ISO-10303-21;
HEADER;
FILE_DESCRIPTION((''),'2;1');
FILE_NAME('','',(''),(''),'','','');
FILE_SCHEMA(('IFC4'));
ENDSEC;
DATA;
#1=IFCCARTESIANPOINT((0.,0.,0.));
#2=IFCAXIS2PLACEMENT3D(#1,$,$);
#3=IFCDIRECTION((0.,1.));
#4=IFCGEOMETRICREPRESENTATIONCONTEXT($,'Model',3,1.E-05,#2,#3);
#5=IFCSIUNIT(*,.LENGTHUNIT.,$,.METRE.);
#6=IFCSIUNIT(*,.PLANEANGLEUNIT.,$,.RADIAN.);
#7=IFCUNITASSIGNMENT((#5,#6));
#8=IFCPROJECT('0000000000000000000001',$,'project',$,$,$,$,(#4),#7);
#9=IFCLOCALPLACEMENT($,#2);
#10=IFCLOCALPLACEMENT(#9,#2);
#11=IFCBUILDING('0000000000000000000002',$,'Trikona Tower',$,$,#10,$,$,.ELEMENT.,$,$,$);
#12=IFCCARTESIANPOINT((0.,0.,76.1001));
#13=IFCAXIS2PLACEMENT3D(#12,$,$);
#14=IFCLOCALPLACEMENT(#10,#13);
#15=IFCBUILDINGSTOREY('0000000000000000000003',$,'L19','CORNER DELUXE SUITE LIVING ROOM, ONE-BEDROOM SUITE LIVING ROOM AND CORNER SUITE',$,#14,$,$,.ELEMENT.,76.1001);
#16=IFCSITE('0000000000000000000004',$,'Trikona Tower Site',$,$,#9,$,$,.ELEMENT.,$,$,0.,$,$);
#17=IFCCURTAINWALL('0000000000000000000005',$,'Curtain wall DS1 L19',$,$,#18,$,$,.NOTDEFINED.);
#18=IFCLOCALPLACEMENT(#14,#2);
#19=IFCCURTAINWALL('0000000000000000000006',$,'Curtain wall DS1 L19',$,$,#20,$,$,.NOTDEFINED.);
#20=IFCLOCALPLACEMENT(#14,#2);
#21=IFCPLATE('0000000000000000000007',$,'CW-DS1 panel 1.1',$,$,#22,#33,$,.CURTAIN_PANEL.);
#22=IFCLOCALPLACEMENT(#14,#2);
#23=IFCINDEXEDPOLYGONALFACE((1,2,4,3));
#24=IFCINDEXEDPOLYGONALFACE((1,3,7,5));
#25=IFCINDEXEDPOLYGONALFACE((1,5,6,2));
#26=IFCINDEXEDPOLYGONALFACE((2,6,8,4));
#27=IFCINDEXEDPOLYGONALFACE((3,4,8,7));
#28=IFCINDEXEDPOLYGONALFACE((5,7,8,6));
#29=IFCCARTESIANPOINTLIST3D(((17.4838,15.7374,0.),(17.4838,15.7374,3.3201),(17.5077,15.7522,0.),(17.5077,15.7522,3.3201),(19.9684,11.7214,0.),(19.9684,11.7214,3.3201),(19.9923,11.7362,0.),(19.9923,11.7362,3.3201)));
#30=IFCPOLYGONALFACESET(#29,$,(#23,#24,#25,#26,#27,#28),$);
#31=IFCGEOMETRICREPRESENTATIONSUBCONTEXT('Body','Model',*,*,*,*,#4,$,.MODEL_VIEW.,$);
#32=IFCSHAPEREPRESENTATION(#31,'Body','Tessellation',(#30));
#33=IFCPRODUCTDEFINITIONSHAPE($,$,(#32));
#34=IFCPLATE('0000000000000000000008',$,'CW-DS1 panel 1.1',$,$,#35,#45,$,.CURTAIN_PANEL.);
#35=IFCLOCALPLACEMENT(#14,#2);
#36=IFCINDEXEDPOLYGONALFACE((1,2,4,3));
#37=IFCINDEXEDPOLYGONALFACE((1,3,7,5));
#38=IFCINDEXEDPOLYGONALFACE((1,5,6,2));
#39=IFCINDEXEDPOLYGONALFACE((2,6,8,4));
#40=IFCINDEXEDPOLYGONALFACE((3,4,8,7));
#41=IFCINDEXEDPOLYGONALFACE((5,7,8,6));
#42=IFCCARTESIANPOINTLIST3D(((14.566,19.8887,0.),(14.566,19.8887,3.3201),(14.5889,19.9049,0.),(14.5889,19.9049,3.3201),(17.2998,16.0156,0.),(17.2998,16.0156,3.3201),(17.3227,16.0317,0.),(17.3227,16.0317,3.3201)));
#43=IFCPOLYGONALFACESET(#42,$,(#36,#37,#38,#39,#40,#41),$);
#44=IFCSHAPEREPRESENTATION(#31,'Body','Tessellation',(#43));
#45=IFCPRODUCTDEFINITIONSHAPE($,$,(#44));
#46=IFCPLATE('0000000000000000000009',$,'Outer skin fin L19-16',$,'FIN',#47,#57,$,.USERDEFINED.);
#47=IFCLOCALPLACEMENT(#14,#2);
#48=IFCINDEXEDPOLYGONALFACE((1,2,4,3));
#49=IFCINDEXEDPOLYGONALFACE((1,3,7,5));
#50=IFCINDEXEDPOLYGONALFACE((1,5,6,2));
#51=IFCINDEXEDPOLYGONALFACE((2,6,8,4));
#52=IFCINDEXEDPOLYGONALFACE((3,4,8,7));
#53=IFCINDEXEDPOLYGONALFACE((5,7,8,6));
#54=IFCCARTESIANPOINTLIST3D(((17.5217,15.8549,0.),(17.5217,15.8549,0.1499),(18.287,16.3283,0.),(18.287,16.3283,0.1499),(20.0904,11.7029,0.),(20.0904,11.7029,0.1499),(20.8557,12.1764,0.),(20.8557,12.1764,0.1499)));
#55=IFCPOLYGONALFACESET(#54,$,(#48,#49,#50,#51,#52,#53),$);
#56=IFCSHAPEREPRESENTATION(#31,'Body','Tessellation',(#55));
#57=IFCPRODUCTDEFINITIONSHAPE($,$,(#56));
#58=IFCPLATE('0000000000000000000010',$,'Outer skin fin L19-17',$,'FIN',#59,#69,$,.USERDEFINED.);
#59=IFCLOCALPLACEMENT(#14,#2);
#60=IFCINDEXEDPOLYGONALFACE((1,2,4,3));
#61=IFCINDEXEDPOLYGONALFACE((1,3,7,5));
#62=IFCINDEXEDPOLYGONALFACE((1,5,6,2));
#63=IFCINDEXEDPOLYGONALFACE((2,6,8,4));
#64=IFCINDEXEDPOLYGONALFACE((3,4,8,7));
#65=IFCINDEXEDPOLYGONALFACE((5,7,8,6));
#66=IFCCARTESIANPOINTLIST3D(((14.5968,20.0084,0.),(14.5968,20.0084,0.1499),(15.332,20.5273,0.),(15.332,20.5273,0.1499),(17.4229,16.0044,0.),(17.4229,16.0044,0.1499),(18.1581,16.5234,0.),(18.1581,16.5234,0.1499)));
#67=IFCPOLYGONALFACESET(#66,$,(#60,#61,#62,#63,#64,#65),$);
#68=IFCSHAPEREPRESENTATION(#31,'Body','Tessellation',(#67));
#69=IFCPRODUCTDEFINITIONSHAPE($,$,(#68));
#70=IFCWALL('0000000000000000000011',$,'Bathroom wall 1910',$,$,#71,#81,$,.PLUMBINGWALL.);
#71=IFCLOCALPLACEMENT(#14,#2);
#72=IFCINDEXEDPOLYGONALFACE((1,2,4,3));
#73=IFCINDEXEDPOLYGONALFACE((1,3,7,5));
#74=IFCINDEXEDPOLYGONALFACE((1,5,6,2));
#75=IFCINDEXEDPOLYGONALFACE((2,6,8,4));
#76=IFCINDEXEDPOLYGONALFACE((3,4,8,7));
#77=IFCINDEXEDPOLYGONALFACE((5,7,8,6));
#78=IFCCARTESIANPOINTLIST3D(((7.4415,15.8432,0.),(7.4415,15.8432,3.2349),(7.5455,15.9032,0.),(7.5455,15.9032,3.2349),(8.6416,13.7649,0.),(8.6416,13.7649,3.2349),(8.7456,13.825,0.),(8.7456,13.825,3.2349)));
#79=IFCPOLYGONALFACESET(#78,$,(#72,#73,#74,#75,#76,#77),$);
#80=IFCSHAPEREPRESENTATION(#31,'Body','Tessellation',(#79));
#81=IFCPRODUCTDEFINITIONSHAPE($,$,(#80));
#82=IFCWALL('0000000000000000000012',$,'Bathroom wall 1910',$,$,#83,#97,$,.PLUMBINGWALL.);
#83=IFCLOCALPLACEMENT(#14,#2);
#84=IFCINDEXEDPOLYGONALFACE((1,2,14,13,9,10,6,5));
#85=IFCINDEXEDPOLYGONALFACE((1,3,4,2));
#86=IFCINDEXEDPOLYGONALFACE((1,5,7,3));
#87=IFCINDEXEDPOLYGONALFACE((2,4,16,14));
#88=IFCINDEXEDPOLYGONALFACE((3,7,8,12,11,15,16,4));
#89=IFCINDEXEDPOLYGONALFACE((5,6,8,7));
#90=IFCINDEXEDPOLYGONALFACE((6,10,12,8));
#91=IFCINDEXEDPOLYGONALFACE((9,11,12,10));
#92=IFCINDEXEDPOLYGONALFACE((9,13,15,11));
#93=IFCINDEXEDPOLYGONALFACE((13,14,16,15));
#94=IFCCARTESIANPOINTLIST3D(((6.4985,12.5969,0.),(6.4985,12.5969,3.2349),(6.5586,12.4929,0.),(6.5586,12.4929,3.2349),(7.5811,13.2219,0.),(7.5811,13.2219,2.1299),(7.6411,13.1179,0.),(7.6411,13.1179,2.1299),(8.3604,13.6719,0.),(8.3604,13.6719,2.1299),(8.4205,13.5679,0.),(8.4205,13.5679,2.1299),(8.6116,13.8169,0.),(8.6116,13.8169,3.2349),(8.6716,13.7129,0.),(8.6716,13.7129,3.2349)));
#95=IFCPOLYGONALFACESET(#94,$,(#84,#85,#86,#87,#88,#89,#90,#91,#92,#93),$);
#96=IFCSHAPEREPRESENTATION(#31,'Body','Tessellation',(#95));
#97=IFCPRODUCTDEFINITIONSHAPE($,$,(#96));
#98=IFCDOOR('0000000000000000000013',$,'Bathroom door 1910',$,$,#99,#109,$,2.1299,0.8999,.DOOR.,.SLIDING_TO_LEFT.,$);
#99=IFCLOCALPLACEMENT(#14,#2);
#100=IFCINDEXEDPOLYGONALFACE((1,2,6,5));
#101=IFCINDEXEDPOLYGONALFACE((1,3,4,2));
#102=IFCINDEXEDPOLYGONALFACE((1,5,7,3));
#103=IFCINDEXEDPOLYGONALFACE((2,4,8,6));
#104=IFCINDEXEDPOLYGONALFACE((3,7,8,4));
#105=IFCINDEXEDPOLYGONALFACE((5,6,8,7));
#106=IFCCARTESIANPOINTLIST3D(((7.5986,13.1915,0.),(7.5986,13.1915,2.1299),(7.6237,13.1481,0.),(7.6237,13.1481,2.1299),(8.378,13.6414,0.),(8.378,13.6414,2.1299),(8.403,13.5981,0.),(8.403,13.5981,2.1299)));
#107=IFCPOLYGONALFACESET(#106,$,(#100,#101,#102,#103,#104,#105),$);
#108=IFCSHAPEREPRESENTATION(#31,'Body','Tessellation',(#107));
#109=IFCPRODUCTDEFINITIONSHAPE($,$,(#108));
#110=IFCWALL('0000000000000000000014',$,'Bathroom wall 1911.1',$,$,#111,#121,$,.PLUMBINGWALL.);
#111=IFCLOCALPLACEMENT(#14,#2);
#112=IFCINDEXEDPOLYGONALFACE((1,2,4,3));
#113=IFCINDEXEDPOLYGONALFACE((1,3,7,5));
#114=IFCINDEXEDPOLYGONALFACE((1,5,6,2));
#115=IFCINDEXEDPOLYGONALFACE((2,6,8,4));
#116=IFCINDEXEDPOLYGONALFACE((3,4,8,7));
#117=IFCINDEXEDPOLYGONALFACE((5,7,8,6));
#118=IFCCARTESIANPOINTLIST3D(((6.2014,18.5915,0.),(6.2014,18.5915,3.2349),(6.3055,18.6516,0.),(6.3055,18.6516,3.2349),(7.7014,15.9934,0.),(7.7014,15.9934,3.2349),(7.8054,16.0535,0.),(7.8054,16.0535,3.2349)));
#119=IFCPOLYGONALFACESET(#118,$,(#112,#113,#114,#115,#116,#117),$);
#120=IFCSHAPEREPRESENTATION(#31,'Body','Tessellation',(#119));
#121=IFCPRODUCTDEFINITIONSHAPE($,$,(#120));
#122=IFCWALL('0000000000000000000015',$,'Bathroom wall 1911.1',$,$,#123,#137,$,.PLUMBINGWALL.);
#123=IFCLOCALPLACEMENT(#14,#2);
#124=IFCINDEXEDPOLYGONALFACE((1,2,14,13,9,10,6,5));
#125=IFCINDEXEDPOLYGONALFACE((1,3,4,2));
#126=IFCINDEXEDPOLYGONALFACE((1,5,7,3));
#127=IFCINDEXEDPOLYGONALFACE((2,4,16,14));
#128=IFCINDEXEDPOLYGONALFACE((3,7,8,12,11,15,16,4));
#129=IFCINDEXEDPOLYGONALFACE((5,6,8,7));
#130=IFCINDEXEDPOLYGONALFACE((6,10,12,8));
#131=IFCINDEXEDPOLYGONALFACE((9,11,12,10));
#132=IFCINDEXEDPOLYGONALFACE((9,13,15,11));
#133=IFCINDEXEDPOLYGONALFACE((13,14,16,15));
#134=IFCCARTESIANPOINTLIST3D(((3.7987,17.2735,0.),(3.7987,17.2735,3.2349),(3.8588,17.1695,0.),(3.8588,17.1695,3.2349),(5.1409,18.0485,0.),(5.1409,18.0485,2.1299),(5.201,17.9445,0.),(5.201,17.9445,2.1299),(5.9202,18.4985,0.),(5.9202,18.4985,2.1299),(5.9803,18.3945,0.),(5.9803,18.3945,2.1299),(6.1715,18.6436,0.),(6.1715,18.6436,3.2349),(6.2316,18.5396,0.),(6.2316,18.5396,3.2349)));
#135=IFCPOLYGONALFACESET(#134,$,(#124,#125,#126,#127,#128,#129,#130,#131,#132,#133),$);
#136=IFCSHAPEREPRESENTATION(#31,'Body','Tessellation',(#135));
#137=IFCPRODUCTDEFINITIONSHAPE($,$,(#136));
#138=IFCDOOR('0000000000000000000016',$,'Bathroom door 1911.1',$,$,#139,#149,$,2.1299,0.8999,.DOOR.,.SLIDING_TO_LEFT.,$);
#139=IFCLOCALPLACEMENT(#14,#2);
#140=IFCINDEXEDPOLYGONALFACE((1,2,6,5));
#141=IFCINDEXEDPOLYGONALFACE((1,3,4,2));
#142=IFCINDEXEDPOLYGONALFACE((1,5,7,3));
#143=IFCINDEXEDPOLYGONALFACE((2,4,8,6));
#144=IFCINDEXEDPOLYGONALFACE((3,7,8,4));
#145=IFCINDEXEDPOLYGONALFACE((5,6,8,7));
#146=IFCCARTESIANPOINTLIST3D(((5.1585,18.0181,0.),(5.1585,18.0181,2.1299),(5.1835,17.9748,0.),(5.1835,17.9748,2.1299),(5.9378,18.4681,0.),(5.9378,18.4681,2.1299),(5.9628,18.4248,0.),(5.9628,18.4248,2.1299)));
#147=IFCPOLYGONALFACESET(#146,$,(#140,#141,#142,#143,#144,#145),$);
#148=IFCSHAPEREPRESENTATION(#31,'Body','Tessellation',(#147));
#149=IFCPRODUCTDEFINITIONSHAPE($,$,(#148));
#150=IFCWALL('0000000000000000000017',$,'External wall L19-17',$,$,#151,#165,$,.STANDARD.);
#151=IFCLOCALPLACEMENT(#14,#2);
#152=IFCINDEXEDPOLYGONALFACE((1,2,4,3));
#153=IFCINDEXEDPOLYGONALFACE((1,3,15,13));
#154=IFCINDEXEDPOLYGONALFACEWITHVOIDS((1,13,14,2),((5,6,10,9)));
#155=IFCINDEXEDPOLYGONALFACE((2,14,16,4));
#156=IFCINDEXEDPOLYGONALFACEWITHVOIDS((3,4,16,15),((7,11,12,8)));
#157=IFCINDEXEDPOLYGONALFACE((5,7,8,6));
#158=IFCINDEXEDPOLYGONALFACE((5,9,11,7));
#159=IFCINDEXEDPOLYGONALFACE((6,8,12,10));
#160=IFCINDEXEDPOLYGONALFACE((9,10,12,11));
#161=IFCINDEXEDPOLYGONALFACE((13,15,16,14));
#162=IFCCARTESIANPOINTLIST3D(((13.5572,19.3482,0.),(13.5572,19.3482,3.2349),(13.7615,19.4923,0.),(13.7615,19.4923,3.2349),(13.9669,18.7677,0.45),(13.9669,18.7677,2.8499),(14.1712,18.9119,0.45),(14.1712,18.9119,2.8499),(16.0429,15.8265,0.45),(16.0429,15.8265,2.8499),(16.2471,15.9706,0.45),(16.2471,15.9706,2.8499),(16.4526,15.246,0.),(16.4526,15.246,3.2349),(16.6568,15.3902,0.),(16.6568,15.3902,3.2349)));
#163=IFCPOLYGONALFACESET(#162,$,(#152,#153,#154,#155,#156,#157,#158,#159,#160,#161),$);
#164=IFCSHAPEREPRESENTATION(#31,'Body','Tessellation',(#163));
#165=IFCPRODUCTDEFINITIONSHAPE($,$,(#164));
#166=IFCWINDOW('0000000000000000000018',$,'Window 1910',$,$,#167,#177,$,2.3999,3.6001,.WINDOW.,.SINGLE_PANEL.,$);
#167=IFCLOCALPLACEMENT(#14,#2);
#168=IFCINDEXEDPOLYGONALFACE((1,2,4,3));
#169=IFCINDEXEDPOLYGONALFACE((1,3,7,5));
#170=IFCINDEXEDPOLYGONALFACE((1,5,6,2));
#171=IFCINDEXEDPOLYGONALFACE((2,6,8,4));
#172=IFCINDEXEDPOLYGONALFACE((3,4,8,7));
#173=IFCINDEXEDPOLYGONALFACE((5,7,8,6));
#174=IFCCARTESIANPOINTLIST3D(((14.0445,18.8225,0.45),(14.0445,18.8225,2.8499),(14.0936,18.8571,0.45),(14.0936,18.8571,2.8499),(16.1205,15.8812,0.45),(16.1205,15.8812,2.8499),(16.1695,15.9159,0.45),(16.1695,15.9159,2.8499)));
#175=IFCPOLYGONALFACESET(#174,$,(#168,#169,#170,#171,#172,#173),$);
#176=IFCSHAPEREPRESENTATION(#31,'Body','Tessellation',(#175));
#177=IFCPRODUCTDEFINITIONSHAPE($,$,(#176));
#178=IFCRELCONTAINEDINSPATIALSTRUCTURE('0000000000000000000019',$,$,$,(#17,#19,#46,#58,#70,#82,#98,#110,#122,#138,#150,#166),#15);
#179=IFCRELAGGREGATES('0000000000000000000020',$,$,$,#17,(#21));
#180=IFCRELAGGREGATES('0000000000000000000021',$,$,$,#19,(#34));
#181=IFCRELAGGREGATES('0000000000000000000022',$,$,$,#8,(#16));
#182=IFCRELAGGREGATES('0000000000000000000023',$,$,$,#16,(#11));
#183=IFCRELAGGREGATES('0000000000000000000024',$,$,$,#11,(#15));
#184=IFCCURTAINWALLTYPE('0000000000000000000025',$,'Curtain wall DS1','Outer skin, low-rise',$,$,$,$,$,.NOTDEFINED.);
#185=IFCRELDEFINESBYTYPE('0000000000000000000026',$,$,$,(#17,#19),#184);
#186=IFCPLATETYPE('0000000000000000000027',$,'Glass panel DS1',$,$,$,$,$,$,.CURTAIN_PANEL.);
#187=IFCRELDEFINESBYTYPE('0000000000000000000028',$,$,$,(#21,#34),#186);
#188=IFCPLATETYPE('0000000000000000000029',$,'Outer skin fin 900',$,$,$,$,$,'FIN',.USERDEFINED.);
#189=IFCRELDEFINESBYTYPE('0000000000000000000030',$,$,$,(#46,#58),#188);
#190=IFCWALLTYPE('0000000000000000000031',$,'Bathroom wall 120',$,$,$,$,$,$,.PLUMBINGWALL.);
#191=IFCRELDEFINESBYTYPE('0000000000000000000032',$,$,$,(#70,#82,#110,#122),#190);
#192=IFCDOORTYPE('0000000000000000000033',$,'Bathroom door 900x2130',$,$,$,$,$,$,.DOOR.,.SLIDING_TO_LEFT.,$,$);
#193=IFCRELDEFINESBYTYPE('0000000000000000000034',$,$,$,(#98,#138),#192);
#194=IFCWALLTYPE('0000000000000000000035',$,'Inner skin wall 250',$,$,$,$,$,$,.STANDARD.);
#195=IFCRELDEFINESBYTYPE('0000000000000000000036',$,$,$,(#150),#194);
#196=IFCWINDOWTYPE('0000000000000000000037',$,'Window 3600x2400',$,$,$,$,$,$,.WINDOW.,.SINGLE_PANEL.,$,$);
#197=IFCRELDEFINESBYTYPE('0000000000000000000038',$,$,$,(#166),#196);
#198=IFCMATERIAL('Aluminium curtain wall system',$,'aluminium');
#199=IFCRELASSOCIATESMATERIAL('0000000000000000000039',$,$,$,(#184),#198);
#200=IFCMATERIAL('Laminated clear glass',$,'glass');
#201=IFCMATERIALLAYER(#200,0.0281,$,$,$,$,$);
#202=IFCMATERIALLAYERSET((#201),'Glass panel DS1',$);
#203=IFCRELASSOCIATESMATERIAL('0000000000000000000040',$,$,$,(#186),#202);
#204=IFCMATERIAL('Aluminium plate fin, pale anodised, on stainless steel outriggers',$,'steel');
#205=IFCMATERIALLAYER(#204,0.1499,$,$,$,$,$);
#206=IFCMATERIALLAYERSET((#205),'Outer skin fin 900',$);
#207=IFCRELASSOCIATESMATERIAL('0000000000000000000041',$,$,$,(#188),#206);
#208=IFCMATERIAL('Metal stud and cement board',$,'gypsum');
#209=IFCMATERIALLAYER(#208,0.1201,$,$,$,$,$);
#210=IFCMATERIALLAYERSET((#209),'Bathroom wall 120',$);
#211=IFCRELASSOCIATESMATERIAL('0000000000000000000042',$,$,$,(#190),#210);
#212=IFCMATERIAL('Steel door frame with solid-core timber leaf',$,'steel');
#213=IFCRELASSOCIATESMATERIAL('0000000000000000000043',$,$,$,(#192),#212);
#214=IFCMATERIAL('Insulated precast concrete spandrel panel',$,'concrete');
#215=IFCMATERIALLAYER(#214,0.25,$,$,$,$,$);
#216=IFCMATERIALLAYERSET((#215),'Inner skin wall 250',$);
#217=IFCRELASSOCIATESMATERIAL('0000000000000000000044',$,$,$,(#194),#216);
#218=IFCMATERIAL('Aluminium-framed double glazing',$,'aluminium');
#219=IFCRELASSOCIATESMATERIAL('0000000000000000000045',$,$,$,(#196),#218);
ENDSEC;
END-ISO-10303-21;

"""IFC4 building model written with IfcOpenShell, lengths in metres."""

from ifc_helpers import new_model, si_unit, direction, frame, frame_2d, origin, origin_2d, place, context, subcontext, project, spatial, rectangle, extrude, material, layer, layer_set, type_object, element, fill, aggregate, save


model = new_model("IFC4")

# Units and contexts
model_context = context("Model", 3, precision=1e-05, world=origin(), true_north=direction((0.0, 1.0)))
body_context = subcontext(model_context, "Body", "Model", "MODEL_VIEW")
ifc_project = project(units=[si_unit("LENGTHUNIT", "METRE"), si_unit("PLANEANGLEUNIT", "RADIAN")], contexts=[model_context])

# Site, building, storey
site_placement = place(None, origin())
site = spatial("IfcSite", under=ifc_project, at=site_placement, Name="Trikona Tower Site", CompositionType="ELEMENT", RefElevation=0.0)
building_placement = place(site_placement, origin())
building = spatial("IfcBuilding", under=site, at=building_placement, Name="Trikona Tower", CompositionType="ELEMENT")
storey_placement = place(building_placement, frame((0.0, 0.0, 76.1001)))
storey = spatial("IfcBuildingStorey", under=building, at=storey_placement, Name="L19", Description="CORNER DELUXE SUITE LIVING ROOM, ONE-BEDROOM SUITE LIVING ROOM AND CORNER SUITE", CompositionType="ELEMENT", Elevation=76.1001)

# Curtain walls
ifc_material_1 = material(Name="Aluminium curtain wall system", Category="aluminium")
curtain_wall_type = type_object("IfcCurtainWallType", Name="Curtain wall DS1", Description="Outer skin, low-rise", PredefinedType="NOTDEFINED", material=ifc_material_1)
curtain_wall_1_placement = place(storey_placement, origin())
curtain_wall_1 = element("IfcCurtainWall", 1, at=curtain_wall_1_placement, inside=storey, type_object=curtain_wall_type, Name="Curtain wall DS1 L19", PredefinedType="NOTDEFINED")
curtain_wall_2_placement = place(storey_placement, origin())
curtain_wall_2 = element("IfcCurtainWall", 2, at=curtain_wall_2_placement, inside=storey, type_object=curtain_wall_type, Name="Curtain wall DS1 L19", PredefinedType="NOTDEFINED")

# Plates
ifc_material_2 = material(Name="Laminated clear glass", Category="glass")
ifc_layer_1 = layer(ifc_material_2, 0.0281)
ifc_layer_set_1 = layer_set([ifc_layer_1], Name="Glass panel DS1")
plate_type_1 = type_object("IfcPlateType", Name="Glass panel DS1", PredefinedType="CURTAIN_PANEL", material=ifc_layer_set_1)
plate_1_placement = place(storey_placement, frame((18.738, 13.7368, 0.0), z_axis=(0.0, 0.0, 1.0), x_axis=(-0.52612, 0.85041, 0.0)))
plate_1 = element("IfcPlate", 3, at=plate_1_placement, type_object=plate_type_1, Name="CW-DS1 panel 1.1", PredefinedType="CURTAIN_PANEL", context=body_context, shape_type="SweptSolid", body=[
    extrude(rectangle(XDim=4.7224, YDim=0.0281, at=origin_2d()), origin(), (0.0, 0.0, 1.0), 3.3201),
])
aggregate(curtain_wall_1, [plate_1])
plate_2_placement = place(storey_placement, frame((15.9443, 17.9602, 0.0), z_axis=(0.0, 0.0, 1.0), x_axis=(-0.576658, 0.816985, 0.0)))
plate_2 = element("IfcPlate", 4, at=plate_2_placement, type_object=plate_type_1, Name="CW-DS1 panel 1.1", PredefinedType="CURTAIN_PANEL", context=body_context, shape_type="SweptSolid", body=[
    extrude(rectangle(XDim=4.7407, YDim=0.0281, at=origin_2d()), origin(), (0.0, 0.0, 1.0), 3.3201),
])
aggregate(curtain_wall_2, [plate_2])

# Plates
ifc_material_3 = material(Name="Aluminium plate fin, pale anodised, on stainless steel outriggers", Category="steel")
ifc_layer_2 = layer(ifc_material_3, 0.1499)
ifc_layer_set_2 = layer_set([ifc_layer_2], Name="Outer skin fin 900")
plate_type_2 = type_object("IfcPlateType", Name="Outer skin fin 900", ElementType="FIN", PredefinedType="USERDEFINED", material=ifc_layer_set_2)
plate_3_placement = place(storey_placement, frame((19.1887, 14.0156, 0.0), z_axis=(0.0, 0.0, 1.0), x_axis=(-0.526119, 0.850411, 0.0)))
element("IfcPlate", 5, at=plate_3_placement, inside=storey, type_object=plate_type_2, Name="Outer skin fin L19-16", ObjectType="FIN", PredefinedType="USERDEFINED", context=body_context, shape_type="SweptSolid", body=[
    extrude(rectangle(XDim=4.8823, YDim=0.8999, at=origin_2d()), origin(), (0.0, 0.0, 1.0), 0.1499),
])
plate_4_placement = place(storey_placement, frame((16.3774, 18.2659, 0.0), z_axis=(0.0, 0.0, 1.0), x_axis=(-0.576662, 0.816983, 0.0)))
element("IfcPlate", 6, at=plate_4_placement, inside=storey, type_object=plate_type_2, Name="Outer skin fin L19-17", ObjectType="FIN", PredefinedType="USERDEFINED", context=body_context, shape_type="SweptSolid", body=[
    extrude(rectangle(XDim=4.9009, YDim=0.8999, at=origin_2d()), origin(), (0.0, 0.0, 1.0), 0.1499),
])

# Wall
ifc_material_4 = material(Name="Metal stud and cement board", Category="gypsum")
ifc_layer_3 = layer(ifc_material_4, 0.1201)
ifc_layer_set_3 = layer_set([ifc_layer_3], Name="Bathroom wall 120")
wall_type_1 = type_object("IfcWallType", Name="Bathroom wall 120", PredefinedType="PLUMBINGWALL", material=ifc_layer_set_3)
wall_1_placement = place(storey_placement, frame((8.6936, 13.7949, 0.0), z_axis=(0.0, 0.0, 1.0), x_axis=(-0.500078, 0.865981, 0.0)))
element("IfcWall", 7, at=wall_1_placement, inside=storey, type_object=wall_type_1, Name="Bathroom wall 1910", PredefinedType="PLUMBINGWALL", context=body_context, shape_type="SweptSolid", body=[
    extrude(rectangle(XDim=2.3999, YDim=0.1201, at=frame_2d((1.2, 0.0))), origin(), (0.0, 0.0, 1.0), 3.2349),
])

# Wall, opening, door
wall_2_placement = place(storey_placement, frame((6.5286, 12.5449, 0.0), z_axis=(0.0, 0.0, 1.0), x_axis=(0.866024, 0.500003, 0.0)))
wall_2 = element("IfcWall", 8, at=wall_2_placement, inside=storey, type_object=wall_type_1, Name="Bathroom wall 1910", PredefinedType="PLUMBINGWALL", context=body_context, shape_type="SweptSolid", body=[
    extrude(rectangle(XDim=2.4399, YDim=0.1201, at=frame_2d((1.22, 0.0))), origin(), (0.0, 0.0, 1.0), 3.2349),
])
opening_1_placement = place(wall_2_placement, frame((1.25, 0.0, 0.0)))
opening_1 = element("IfcOpeningElement", 9, at=opening_1_placement, cuts=wall_2, PredefinedType="OPENING", context=body_context, shape_type="SweptSolid", body=[
    extrude(rectangle(XDim=0.8999, YDim=2.1299, at=frame_2d((0.45, 1.0649))), frame((0.0, 0.0701, 0.0), z_axis=(0.0, -1.0, 0.0), x_axis=(1.0, 0.0, 0.0)), (0.0, 0.0, 1.0), 0.1401),
])
ifc_material_5 = material(Name="Steel door frame with solid-core timber leaf", Category="steel")
door_type_1 = type_object("IfcDoorType", Name="Bathroom door 900x2130", OperationType="SLIDING_TO_LEFT", PredefinedType="DOOR", material=ifc_material_5)
door_1_placement = place(opening_1_placement, origin())
door_1 = element("IfcDoor", 10, at=door_1_placement, inside=storey, type_object=door_type_1, Name="Bathroom door 1910", OperationType="SLIDING_TO_LEFT", OverallHeight=2.1299, OverallWidth=0.8999, PredefinedType="DOOR", context=body_context, shape_type="SweptSolid", body=[
    extrude(rectangle(XDim=0.8999, YDim=2.1299, at=frame_2d((0.45, 1.0649))), frame((0.0, 0.0249, 0.0), z_axis=(0.0, -1.0, 0.0), x_axis=(1.0, 0.0, 0.0)), (0.0, 0.0, 1.0), 0.05),
])
fill(opening_1, door_1)

# Wall
wall_3_placement = place(storey_placement, frame((7.7534, 16.0234, 0.0), z_axis=(0.0, 0.0, 1.0), x_axis=(-0.49999, 0.866031, 0.0)))
element("IfcWall", 11, at=wall_3_placement, inside=storey, type_object=wall_type_1, Name="Bathroom wall 1911.1", PredefinedType="PLUMBINGWALL", context=body_context, shape_type="SweptSolid", body=[
    extrude(rectangle(XDim=3.0, YDim=0.1201, at=frame_2d((1.5, 0.0))), origin(), (0.0, 0.0, 1.0), 3.2349),
])

# Wall, opening, door
wall_4_placement = place(storey_placement, frame((3.8286, 17.2214, 0.0), z_axis=(0.0, 0.0, 1.0), x_axis=(0.865997, 0.500049, 0.0)))
wall_4 = element("IfcWall", 12, at=wall_4_placement, inside=storey, type_object=wall_type_1, Name="Bathroom wall 1911.1", PredefinedType="PLUMBINGWALL", context=body_context, shape_type="SweptSolid", body=[
    extrude(rectangle(XDim=2.74, YDim=0.1201, at=frame_2d((1.3701, 0.0))), origin(), (0.0, 0.0, 1.0), 3.2349),
])
opening_2_placement = place(wall_4_placement, frame((1.55, 0.0, 0.0)))
opening_2 = element("IfcOpeningElement", 13, at=opening_2_placement, cuts=wall_4, PredefinedType="OPENING", context=body_context, shape_type="SweptSolid", body=[
    extrude(rectangle(XDim=0.8999, YDim=2.1299, at=frame_2d((0.45, 1.0649))), frame((0.0, 0.0701, 0.0), z_axis=(0.0, -1.0, 0.0), x_axis=(1.0, 0.0, 0.0)), (0.0, 0.0, 1.0), 0.1401),
])
door_2_placement = place(opening_2_placement, origin())
door_2 = element("IfcDoor", 14, at=door_2_placement, inside=storey, type_object=door_type_1, Name="Bathroom door 1911.1", OperationType="SLIDING_TO_LEFT", OverallHeight=2.1299, OverallWidth=0.8999, PredefinedType="DOOR", context=body_context, shape_type="SweptSolid", body=[
    extrude(rectangle(XDim=0.8999, YDim=2.1299, at=frame_2d((0.45, 1.0649))), frame((0.0, 0.0249, 0.0), z_axis=(0.0, -1.0, 0.0), x_axis=(1.0, 0.0, 0.0)), (0.0, 0.0, 1.0), 0.05),
])
fill(opening_2, door_2)

# Wall, opening, window
ifc_material_6 = material(Name="Insulated precast concrete spandrel panel", Category="concrete")
ifc_layer_4 = layer(ifc_material_6, 0.25)
ifc_layer_set_4 = layer_set([ifc_layer_4], Name="Inner skin wall 250")
wall_type_2 = type_object("IfcWallType", Name="Inner skin wall 250", PredefinedType="STANDARD", material=ifc_layer_set_4)
wall_5_placement = place(storey_placement, frame((16.5547, 15.3181, 0.0), z_axis=(0.0, 0.0, 1.0), x_axis=(-0.576643, 0.816996, 0.0)))
wall_5 = element("IfcWall", 15, at=wall_5_placement, inside=storey, type_object=wall_type_2, Name="External wall L19-17", PredefinedType="STANDARD", context=body_context, shape_type="SweptSolid", body=[
    extrude(rectangle(XDim=5.021, YDim=0.25, at=frame_2d((2.5105, 0.0))), origin(), (0.0, 0.0, 1.0), 3.2349),
])
opening_3_placement = place(wall_5_placement, frame((0.7104, 0.0, 0.45)))
opening_3 = element("IfcOpeningElement", 16, at=opening_3_placement, cuts=wall_5, PredefinedType="OPENING", context=body_context, shape_type="SweptSolid", body=[
    extrude(rectangle(XDim=3.6001, YDim=2.3999, at=frame_2d((1.8, 1.2))), frame((0.0, 0.135, 0.0), z_axis=(0.0, -1.0, 0.0), x_axis=(1.0, 0.0, 0.0)), (0.0, 0.0, 1.0), 0.27),
])
ifc_material_7 = material(Name="Aluminium-framed double glazing", Category="aluminium")
window_type = type_object("IfcWindowType", Name="Window 3600x2400", PartitioningType="SINGLE_PANEL", PredefinedType="WINDOW", material=ifc_material_7)
window_1_placement = place(opening_3_placement, origin())
window_1 = element("IfcWindow", 17, at=window_1_placement, inside=storey, type_object=window_type, Name="Window 1910", OverallHeight=2.3999, OverallWidth=3.6001, PartitioningType="SINGLE_PANEL", PredefinedType="WINDOW", context=body_context, shape_type="SweptSolid", body=[
    extrude(rectangle(XDim=3.6001, YDim=2.3999, at=frame_2d((1.8, 1.2))), frame((0.0, 0.03, 0.0), z_axis=(0.0, -1.0, 0.0), x_axis=(1.0, 0.0, 0.0)), (0.0, 0.0, 1.0), 0.0601),
])
fill(opening_3, window_1)

save(model, "model.ifc")
